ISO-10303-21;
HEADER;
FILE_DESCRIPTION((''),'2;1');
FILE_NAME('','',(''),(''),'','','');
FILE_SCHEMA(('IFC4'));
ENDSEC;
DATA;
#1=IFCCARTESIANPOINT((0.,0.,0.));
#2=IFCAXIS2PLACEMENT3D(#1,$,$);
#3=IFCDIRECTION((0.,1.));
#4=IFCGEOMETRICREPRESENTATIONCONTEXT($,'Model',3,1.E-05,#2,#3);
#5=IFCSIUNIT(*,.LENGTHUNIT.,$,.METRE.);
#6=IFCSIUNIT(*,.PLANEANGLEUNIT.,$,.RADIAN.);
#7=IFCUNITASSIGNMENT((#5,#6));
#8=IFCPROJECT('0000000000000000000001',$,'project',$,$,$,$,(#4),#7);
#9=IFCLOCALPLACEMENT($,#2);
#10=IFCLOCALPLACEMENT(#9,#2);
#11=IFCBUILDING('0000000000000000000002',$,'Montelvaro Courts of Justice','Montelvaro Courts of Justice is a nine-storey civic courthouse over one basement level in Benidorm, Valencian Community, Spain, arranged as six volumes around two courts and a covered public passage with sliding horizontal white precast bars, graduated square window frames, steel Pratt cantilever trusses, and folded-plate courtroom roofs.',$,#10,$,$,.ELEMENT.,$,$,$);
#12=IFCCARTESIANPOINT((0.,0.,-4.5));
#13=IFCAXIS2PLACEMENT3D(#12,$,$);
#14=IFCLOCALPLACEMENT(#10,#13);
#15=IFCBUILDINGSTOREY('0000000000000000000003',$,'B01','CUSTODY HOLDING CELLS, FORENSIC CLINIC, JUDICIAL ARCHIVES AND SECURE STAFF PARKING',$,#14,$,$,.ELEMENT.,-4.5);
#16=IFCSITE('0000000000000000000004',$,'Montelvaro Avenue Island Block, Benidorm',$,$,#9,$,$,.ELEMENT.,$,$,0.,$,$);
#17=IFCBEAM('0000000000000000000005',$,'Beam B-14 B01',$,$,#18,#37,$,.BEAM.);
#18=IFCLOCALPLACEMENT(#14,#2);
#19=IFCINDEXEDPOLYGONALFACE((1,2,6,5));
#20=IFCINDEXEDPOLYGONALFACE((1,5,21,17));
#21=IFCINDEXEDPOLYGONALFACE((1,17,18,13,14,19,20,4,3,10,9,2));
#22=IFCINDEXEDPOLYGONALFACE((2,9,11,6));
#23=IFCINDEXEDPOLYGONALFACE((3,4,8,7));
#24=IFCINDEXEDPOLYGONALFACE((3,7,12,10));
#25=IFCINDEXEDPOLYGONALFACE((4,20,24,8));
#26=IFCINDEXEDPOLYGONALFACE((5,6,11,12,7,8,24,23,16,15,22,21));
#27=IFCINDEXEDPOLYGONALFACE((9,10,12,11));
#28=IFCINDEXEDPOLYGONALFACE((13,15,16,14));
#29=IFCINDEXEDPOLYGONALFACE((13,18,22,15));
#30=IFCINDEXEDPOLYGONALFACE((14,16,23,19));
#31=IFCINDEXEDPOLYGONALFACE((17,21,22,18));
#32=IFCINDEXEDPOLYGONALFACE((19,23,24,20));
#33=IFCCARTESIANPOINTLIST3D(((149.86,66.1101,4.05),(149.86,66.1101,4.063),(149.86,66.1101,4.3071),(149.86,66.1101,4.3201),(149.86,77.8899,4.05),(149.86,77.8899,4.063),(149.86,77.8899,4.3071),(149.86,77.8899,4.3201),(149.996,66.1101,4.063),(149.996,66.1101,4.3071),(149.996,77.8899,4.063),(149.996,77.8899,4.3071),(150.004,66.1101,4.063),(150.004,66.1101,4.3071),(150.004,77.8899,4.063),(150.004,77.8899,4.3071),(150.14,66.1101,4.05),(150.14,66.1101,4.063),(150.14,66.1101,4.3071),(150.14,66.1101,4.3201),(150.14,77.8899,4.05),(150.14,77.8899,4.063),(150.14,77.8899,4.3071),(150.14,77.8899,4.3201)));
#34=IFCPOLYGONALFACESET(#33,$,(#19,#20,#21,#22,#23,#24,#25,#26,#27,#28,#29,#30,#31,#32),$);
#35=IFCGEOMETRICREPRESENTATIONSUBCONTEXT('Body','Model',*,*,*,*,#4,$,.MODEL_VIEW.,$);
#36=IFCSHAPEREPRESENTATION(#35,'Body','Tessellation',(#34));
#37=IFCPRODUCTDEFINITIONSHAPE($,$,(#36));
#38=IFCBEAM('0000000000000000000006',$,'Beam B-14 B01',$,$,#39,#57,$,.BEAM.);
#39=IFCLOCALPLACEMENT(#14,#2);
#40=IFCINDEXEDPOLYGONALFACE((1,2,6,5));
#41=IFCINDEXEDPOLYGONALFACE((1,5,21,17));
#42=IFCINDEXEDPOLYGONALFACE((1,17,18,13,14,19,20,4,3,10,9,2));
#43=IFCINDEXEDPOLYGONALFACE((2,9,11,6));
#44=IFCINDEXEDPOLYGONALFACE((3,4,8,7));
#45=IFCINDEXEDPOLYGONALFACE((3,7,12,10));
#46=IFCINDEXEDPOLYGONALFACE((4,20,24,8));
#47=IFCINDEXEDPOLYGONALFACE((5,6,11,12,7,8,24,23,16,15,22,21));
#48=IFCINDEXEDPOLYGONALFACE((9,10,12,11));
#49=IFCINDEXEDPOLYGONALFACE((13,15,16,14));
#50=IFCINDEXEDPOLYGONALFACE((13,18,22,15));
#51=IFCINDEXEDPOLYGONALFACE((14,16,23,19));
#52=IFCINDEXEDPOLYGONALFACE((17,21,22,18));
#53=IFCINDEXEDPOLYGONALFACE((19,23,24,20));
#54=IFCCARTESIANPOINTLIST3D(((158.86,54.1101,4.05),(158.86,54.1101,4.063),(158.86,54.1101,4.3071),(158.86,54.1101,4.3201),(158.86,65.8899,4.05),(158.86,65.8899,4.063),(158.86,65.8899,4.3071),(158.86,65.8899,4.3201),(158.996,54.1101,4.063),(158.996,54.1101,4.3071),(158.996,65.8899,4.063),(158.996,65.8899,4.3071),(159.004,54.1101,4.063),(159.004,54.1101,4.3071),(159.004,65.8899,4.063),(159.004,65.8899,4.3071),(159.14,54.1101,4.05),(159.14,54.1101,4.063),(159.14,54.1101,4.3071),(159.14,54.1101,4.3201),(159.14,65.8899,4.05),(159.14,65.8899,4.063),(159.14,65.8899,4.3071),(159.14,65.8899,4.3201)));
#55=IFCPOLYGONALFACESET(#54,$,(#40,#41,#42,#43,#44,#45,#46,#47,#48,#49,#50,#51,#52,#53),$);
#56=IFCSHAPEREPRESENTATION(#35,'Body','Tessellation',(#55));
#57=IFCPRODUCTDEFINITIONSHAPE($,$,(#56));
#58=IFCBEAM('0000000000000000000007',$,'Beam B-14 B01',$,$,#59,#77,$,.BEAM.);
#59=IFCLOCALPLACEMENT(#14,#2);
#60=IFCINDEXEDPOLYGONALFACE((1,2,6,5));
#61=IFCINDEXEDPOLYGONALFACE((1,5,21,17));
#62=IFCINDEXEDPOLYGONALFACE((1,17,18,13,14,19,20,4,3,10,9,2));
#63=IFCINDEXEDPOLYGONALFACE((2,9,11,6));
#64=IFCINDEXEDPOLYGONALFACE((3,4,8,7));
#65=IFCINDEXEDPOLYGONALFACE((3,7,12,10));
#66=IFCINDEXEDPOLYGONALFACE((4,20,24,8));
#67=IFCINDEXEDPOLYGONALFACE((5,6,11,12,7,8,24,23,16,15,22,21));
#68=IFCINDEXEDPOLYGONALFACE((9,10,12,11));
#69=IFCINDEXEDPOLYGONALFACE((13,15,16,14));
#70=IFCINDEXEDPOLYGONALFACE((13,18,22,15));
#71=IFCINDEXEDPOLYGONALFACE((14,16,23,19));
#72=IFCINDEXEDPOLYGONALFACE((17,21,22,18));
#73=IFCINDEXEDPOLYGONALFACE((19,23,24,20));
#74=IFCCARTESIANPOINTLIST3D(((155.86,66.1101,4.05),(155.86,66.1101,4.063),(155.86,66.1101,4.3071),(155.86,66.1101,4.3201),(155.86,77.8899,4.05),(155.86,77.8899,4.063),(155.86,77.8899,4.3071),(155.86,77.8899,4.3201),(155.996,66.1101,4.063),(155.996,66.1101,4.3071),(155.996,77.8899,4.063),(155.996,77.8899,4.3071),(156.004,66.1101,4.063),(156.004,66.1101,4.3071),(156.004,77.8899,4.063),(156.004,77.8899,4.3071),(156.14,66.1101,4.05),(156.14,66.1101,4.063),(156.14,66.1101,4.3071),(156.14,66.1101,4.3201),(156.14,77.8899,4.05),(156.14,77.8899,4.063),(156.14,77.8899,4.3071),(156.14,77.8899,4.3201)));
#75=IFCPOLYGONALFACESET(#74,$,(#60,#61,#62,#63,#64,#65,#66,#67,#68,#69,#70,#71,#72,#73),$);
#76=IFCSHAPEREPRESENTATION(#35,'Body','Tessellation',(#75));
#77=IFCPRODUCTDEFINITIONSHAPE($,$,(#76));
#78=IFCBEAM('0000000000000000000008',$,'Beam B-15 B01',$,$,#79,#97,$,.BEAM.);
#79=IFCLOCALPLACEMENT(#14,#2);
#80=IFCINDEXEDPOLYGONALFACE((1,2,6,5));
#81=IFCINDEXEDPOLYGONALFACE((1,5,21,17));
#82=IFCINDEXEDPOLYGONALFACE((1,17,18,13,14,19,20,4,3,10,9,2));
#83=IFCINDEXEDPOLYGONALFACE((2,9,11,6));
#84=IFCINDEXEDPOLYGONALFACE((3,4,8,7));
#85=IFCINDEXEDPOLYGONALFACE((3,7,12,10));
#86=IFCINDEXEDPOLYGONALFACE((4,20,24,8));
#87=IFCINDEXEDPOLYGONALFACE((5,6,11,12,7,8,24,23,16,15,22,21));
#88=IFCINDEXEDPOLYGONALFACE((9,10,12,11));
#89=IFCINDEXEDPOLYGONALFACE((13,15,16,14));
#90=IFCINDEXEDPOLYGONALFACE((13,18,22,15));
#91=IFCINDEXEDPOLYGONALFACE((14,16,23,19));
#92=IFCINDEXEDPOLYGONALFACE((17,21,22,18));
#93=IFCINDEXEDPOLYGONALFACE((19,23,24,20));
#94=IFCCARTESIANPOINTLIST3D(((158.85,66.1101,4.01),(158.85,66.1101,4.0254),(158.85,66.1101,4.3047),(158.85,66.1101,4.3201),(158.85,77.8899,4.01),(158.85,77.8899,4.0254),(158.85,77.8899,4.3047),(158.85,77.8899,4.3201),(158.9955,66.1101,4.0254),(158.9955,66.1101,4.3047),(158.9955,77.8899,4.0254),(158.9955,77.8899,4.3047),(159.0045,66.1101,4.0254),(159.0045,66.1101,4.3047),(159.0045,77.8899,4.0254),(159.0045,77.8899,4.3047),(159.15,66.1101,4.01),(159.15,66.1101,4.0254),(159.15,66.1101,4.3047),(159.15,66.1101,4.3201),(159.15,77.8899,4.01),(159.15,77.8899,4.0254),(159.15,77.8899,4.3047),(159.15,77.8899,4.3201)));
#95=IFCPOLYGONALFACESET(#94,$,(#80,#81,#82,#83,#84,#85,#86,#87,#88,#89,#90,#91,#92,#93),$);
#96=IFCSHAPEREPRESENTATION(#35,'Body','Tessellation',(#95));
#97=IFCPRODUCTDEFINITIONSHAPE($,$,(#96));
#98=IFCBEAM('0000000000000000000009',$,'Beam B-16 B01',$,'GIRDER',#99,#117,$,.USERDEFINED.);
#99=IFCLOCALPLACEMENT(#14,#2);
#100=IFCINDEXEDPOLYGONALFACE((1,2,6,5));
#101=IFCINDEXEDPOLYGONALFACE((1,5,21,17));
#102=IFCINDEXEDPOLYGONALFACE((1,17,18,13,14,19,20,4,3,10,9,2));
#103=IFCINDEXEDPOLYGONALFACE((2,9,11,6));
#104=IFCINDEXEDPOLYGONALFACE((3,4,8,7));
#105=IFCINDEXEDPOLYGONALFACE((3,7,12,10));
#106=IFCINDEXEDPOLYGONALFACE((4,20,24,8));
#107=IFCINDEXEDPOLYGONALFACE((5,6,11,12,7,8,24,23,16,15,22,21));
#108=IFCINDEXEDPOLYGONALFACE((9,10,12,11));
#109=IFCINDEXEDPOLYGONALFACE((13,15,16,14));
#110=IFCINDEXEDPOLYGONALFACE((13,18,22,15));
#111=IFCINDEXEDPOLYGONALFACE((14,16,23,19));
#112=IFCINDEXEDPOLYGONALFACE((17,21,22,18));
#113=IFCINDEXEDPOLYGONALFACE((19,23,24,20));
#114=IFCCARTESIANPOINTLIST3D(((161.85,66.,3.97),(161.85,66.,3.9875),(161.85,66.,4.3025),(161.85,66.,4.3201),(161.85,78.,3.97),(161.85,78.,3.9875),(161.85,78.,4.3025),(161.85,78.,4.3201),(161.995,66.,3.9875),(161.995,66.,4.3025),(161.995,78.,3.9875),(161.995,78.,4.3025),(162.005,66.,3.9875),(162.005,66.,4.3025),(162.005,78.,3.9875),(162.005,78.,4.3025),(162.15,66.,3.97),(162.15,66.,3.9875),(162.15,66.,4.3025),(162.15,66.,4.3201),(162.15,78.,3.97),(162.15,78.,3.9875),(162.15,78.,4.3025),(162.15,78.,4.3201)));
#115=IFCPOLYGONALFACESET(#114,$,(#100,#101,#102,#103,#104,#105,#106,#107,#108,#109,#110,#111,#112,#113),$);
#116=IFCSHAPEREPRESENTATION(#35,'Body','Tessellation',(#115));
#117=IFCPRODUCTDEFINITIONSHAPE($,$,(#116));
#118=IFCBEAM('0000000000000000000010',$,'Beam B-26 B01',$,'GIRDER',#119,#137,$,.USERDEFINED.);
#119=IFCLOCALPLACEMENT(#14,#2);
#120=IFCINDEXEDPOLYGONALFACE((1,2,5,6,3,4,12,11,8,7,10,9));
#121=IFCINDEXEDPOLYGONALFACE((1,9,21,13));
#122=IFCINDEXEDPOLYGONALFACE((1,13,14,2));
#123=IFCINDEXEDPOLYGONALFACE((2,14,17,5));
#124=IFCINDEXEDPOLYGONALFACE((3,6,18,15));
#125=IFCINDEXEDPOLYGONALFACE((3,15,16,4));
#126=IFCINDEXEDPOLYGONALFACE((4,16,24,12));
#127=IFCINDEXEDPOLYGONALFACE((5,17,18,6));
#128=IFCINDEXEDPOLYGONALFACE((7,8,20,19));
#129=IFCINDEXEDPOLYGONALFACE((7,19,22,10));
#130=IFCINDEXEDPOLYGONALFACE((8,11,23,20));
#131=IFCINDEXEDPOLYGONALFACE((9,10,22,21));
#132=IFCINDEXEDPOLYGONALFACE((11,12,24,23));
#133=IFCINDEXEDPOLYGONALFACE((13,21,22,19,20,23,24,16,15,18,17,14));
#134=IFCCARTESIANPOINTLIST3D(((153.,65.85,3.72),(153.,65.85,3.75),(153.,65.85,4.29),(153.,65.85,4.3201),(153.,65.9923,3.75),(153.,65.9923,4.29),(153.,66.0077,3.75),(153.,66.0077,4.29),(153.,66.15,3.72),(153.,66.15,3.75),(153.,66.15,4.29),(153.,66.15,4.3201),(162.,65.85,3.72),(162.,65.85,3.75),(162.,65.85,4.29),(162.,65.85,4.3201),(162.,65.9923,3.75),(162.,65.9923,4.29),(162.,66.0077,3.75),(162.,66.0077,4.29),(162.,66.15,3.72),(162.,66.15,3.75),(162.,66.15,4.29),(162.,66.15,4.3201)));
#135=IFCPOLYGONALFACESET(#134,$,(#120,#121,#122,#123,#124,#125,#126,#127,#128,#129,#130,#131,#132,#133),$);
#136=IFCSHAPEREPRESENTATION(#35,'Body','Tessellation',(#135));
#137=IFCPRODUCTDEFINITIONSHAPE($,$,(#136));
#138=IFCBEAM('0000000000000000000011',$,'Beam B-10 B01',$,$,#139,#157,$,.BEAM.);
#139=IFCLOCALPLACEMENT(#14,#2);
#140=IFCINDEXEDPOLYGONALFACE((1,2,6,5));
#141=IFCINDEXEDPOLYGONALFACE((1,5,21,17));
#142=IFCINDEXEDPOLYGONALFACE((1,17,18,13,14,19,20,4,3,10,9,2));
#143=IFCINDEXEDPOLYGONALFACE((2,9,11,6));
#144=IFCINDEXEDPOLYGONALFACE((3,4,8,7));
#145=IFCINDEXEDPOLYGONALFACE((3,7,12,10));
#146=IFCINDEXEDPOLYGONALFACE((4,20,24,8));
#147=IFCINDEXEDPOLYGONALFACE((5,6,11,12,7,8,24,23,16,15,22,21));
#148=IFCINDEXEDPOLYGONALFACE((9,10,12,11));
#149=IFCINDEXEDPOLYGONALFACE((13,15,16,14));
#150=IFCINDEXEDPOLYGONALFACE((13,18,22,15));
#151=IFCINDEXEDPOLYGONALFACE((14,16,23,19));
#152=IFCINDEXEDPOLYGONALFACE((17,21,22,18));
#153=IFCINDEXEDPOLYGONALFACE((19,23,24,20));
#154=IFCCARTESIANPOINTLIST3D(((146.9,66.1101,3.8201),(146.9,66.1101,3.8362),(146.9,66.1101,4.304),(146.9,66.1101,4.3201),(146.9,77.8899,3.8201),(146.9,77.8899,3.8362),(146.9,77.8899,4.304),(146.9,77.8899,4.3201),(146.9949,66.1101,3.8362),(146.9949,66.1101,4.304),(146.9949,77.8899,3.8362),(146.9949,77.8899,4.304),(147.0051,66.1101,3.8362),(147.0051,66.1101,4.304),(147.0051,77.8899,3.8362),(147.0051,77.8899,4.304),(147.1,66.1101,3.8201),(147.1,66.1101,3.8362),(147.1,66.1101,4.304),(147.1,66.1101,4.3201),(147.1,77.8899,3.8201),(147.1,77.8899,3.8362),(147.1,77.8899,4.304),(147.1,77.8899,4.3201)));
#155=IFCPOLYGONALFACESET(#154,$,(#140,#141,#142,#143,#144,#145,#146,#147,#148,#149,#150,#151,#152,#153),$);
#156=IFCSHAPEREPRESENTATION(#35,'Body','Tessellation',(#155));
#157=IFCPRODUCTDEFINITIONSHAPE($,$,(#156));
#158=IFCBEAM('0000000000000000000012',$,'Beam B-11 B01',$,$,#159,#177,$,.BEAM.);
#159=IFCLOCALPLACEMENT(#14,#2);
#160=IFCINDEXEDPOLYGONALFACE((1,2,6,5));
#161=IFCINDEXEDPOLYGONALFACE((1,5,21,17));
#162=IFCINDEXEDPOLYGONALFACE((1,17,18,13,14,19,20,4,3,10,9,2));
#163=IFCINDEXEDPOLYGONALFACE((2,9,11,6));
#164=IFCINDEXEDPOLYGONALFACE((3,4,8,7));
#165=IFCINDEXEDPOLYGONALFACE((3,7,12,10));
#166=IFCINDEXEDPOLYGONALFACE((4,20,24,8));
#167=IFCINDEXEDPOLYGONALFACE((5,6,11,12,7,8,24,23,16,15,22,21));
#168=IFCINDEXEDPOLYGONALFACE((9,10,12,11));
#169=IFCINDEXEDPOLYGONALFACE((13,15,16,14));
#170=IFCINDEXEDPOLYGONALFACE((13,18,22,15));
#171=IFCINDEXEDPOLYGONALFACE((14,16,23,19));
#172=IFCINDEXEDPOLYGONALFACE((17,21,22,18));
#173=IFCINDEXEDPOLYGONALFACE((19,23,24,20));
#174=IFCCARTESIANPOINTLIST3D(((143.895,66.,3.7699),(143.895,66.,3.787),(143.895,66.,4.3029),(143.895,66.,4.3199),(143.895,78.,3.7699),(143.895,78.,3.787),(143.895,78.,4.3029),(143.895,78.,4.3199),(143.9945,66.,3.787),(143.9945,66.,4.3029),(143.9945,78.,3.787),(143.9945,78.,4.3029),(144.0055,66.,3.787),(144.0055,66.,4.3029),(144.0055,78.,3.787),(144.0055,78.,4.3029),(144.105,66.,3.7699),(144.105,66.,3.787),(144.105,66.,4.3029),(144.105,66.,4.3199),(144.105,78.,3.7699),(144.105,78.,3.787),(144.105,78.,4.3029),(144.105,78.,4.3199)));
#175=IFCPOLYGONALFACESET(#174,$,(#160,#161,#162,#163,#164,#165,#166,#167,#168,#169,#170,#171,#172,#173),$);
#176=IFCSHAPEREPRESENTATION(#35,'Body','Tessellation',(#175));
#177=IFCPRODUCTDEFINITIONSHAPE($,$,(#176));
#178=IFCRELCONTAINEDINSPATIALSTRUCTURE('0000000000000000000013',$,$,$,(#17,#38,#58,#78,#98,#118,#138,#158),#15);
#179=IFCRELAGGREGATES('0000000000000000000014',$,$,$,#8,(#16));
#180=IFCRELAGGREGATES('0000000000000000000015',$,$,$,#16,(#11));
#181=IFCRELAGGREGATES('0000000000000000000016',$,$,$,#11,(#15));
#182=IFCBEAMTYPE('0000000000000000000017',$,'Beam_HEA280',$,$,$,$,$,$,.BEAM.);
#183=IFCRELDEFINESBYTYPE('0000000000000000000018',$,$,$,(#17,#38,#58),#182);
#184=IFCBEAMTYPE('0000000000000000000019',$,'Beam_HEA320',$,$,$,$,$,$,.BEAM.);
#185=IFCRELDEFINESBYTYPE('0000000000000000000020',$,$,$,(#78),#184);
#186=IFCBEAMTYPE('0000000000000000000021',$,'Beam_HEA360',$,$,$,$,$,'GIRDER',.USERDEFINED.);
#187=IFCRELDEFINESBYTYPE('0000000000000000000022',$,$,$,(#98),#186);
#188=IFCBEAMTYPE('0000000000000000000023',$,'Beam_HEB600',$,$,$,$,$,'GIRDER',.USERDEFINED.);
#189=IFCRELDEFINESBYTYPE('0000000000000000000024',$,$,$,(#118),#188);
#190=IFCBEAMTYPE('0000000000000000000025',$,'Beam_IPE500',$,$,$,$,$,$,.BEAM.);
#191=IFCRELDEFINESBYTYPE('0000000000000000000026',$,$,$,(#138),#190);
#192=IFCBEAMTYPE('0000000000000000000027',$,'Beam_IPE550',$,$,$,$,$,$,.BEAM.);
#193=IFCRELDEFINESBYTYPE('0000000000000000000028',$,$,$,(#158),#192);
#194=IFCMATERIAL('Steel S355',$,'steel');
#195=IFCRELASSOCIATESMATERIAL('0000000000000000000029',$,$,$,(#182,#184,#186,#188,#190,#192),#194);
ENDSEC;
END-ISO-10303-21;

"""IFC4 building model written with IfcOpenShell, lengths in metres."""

from ifc_helpers import new_model, si_unit, direction, frame, origin, origin_2d, place, context, subcontext, project, spatial, i_section, extrude, material, material_profile, profile_set, type_object, element, save


model = new_model("IFC4")

# Units and contexts
model_context = context("Model", 3, precision=1e-05, world=origin(), true_north=direction((0.0, 1.0)))
body_context = subcontext(model_context, "Body", "Model", "MODEL_VIEW")
ifc_project = project(units=[si_unit("LENGTHUNIT", "METRE"), si_unit("PLANEANGLEUNIT", "RADIAN")], contexts=[model_context])

# Site, building, storey
site_placement = place(None, origin())
site = spatial("IfcSite", under=ifc_project, at=site_placement, Name="Montelvaro Avenue Island Block, Benidorm", CompositionType="ELEMENT", RefElevation=0.0)
building_placement = place(site_placement, origin())
building = spatial("IfcBuilding", under=site, at=building_placement, Name="Montelvaro Courts of Justice", Description="Montelvaro Courts of Justice is a nine-storey civic courthouse over one basement level in Benidorm, Valencian Community, Spain, arranged as six volumes around two courts and a covered public passage with sliding horizontal white precast bars, graduated square window frames, steel Pratt cantilever trusses, and folded-plate courtroom roofs.", CompositionType="ELEMENT")
storey_placement = place(building_placement, frame((0.0, 0.0, -4.5)))
storey = spatial("IfcBuildingStorey", under=building, at=storey_placement, Name="B01", Description="CUSTODY HOLDING CELLS, FORENSIC CLINIC, JUDICIAL ARCHIVES AND SECURE STAFF PARKING", CompositionType="ELEMENT", Elevation=-4.5)

# Beams
ifc_material_1 = material(Name="Steel S355", Category="steel")
ifc_material_profile_1 = material_profile(ifc_material_1, i_section(OverallWidth=0.28, OverallDepth=0.27, WebThickness=0.0081, FlangeThickness=0.0129, at=origin_2d()), Name="HEA 280")
ifc_profile_set_1 = profile_set([ifc_material_profile_1], Name="Steel S355")
beam_type_1 = type_object("IfcBeamType", Name="Beam_HEA280", PredefinedType="BEAM", material=ifc_profile_set_1)
for number, where, z_axis, x_axis, name in (
    (1, (150.0, 66.1101, 4.1851), (0.0, 1.0, 0.0), (-1.0, 0.0, 0.0), "Beam B-14 B01"),
    (2, (159.0, 54.1101, 4.1851), (0.0, 1.0, 0.0), (-1.0, 0.0, 0.0), "Beam B-14 B01"),
    (3, (156.0, 66.1101, 4.1851), (0.0, 1.0, 0.0), (-1.0, 0.0, 0.0), "Beam B-14 B01"),
):
    element("IfcBeam", number, at=place(storey_placement, frame(where, z_axis=z_axis, x_axis=x_axis)), inside=storey, type_object=beam_type_1, Name=name, PredefinedType="BEAM", context=body_context, shape_type="SweptSolid", body=[
        extrude(i_section(OverallWidth=0.28, OverallDepth=0.27, WebThickness=0.0081, FlangeThickness=0.0129, at=origin_2d()), origin(), (0.0, 0.0, 1.0), 11.7798),
    ])
ifc_material_profile_2 = material_profile(ifc_material_1, i_section(OverallWidth=0.3, OverallDepth=0.3101, WebThickness=0.009, FlangeThickness=0.0154, at=origin_2d()), Name="HEA 320")
ifc_profile_set_2 = profile_set([ifc_material_profile_2], Name="Steel S355")
beam_type_2 = type_object("IfcBeamType", Name="Beam_HEA320", PredefinedType="BEAM", material=ifc_profile_set_2)
beam_1_placement = place(storey_placement, frame((159.0, 66.1101, 4.165), z_axis=(0.0, 1.0, 0.0), x_axis=(-1.0, 0.0, 0.0)))
element("IfcBeam", 4, at=beam_1_placement, inside=storey, type_object=beam_type_2, Name="Beam B-15 B01", PredefinedType="BEAM", context=body_context, shape_type="SweptSolid", body=[
    extrude(i_section(OverallWidth=0.3, OverallDepth=0.3101, WebThickness=0.009, FlangeThickness=0.0154, at=origin_2d()), origin(), (0.0, 0.0, 1.0), 11.7798),
])
ifc_material_profile_3 = material_profile(ifc_material_1, i_section(OverallWidth=0.3, OverallDepth=0.3501, WebThickness=0.01, FlangeThickness=0.0176, at=origin_2d()), Name="HEA 360")
ifc_profile_set_3 = profile_set([ifc_material_profile_3], Name="Steel S355")
beam_type_3 = type_object("IfcBeamType", Name="Beam_HEA360", ElementType="GIRDER", PredefinedType="USERDEFINED", material=ifc_profile_set_3)
beam_2_placement = place(storey_placement, frame((162.0, 66.0, 4.145), z_axis=(0.0, 1.0, 0.0), x_axis=(-1.0, 0.0, 0.0)))
element("IfcBeam", 5, at=beam_2_placement, inside=storey, type_object=beam_type_3, Name="Beam B-16 B01", ObjectType="GIRDER", PredefinedType="USERDEFINED", context=body_context, shape_type="SweptSolid", body=[
    extrude(i_section(OverallWidth=0.3, OverallDepth=0.3501, WebThickness=0.01, FlangeThickness=0.0176, at=origin_2d()), origin(), (0.0, 0.0, 1.0), 12.0),
])
ifc_material_profile_4 = material_profile(ifc_material_1, i_section(OverallWidth=0.3, OverallDepth=0.6001, WebThickness=0.0154, FlangeThickness=0.03, at=origin_2d()), Name="HEB 600")
ifc_profile_set_4 = profile_set([ifc_material_profile_4], Name="Steel S355")
beam_type_4 = type_object("IfcBeamType", Name="Beam_HEB600", ElementType="GIRDER", PredefinedType="USERDEFINED", material=ifc_profile_set_4)
beam_3_placement = place(storey_placement, frame((153.0, 66.0, 4.02), z_axis=(1.0, 0.0, 0.0), x_axis=(0.0, 1.0, 0.0)))
element("IfcBeam", 6, at=beam_3_placement, inside=storey, type_object=beam_type_4, Name="Beam B-26 B01", ObjectType="GIRDER", PredefinedType="USERDEFINED", context=body_context, shape_type="SweptSolid", body=[
    extrude(i_section(OverallWidth=0.3, OverallDepth=0.6001, WebThickness=0.0154, FlangeThickness=0.03, at=origin_2d()), origin(), (0.0, 0.0, 1.0), 9.0),
])
ifc_material_profile_5 = material_profile(ifc_material_1, i_section(OverallWidth=0.2, OverallDepth=0.5, WebThickness=0.0103, FlangeThickness=0.0161, at=origin_2d()), Name="IPE 500")
ifc_profile_set_5 = profile_set([ifc_material_profile_5], Name="Steel S355")
beam_type_5 = type_object("IfcBeamType", Name="Beam_IPE500", PredefinedType="BEAM", material=ifc_profile_set_5)
beam_4_placement = place(storey_placement, frame((147.0, 66.1101, 4.0701), z_axis=(0.0, 1.0, 0.0), x_axis=(-1.0, 0.0, 0.0)))
element("IfcBeam", 7, at=beam_4_placement, inside=storey, type_object=beam_type_5, Name="Beam B-10 B01", PredefinedType="BEAM", context=body_context, shape_type="SweptSolid", body=[
    extrude(i_section(OverallWidth=0.2, OverallDepth=0.5, WebThickness=0.0103, FlangeThickness=0.0161, at=origin_2d()), origin(), (0.0, 0.0, 1.0), 11.7798),
])
ifc_material_profile_6 = material_profile(ifc_material_1, i_section(OverallWidth=0.21, OverallDepth=0.55, WebThickness=0.011, FlangeThickness=0.0171, at=origin_2d()), Name="IPE 550")
ifc_profile_set_6 = profile_set([ifc_material_profile_6], Name="Steel S355")
beam_type_6 = type_object("IfcBeamType", Name="Beam_IPE550", PredefinedType="BEAM", material=ifc_profile_set_6)
beam_5_placement = place(storey_placement, frame((144.0, 66.0, 4.0449), z_axis=(0.0, 1.0, 0.0), x_axis=(-1.0, 0.0, 0.0)))
element("IfcBeam", 8, at=beam_5_placement, inside=storey, type_object=beam_type_6, Name="Beam B-11 B01", PredefinedType="BEAM", context=body_context, shape_type="SweptSolid", body=[
    extrude(i_section(OverallWidth=0.21, OverallDepth=0.55, WebThickness=0.011, FlangeThickness=0.0171, at=origin_2d()), origin(), (0.0, 0.0, 1.0), 12.0),
])

save(model, "model.ifc")
